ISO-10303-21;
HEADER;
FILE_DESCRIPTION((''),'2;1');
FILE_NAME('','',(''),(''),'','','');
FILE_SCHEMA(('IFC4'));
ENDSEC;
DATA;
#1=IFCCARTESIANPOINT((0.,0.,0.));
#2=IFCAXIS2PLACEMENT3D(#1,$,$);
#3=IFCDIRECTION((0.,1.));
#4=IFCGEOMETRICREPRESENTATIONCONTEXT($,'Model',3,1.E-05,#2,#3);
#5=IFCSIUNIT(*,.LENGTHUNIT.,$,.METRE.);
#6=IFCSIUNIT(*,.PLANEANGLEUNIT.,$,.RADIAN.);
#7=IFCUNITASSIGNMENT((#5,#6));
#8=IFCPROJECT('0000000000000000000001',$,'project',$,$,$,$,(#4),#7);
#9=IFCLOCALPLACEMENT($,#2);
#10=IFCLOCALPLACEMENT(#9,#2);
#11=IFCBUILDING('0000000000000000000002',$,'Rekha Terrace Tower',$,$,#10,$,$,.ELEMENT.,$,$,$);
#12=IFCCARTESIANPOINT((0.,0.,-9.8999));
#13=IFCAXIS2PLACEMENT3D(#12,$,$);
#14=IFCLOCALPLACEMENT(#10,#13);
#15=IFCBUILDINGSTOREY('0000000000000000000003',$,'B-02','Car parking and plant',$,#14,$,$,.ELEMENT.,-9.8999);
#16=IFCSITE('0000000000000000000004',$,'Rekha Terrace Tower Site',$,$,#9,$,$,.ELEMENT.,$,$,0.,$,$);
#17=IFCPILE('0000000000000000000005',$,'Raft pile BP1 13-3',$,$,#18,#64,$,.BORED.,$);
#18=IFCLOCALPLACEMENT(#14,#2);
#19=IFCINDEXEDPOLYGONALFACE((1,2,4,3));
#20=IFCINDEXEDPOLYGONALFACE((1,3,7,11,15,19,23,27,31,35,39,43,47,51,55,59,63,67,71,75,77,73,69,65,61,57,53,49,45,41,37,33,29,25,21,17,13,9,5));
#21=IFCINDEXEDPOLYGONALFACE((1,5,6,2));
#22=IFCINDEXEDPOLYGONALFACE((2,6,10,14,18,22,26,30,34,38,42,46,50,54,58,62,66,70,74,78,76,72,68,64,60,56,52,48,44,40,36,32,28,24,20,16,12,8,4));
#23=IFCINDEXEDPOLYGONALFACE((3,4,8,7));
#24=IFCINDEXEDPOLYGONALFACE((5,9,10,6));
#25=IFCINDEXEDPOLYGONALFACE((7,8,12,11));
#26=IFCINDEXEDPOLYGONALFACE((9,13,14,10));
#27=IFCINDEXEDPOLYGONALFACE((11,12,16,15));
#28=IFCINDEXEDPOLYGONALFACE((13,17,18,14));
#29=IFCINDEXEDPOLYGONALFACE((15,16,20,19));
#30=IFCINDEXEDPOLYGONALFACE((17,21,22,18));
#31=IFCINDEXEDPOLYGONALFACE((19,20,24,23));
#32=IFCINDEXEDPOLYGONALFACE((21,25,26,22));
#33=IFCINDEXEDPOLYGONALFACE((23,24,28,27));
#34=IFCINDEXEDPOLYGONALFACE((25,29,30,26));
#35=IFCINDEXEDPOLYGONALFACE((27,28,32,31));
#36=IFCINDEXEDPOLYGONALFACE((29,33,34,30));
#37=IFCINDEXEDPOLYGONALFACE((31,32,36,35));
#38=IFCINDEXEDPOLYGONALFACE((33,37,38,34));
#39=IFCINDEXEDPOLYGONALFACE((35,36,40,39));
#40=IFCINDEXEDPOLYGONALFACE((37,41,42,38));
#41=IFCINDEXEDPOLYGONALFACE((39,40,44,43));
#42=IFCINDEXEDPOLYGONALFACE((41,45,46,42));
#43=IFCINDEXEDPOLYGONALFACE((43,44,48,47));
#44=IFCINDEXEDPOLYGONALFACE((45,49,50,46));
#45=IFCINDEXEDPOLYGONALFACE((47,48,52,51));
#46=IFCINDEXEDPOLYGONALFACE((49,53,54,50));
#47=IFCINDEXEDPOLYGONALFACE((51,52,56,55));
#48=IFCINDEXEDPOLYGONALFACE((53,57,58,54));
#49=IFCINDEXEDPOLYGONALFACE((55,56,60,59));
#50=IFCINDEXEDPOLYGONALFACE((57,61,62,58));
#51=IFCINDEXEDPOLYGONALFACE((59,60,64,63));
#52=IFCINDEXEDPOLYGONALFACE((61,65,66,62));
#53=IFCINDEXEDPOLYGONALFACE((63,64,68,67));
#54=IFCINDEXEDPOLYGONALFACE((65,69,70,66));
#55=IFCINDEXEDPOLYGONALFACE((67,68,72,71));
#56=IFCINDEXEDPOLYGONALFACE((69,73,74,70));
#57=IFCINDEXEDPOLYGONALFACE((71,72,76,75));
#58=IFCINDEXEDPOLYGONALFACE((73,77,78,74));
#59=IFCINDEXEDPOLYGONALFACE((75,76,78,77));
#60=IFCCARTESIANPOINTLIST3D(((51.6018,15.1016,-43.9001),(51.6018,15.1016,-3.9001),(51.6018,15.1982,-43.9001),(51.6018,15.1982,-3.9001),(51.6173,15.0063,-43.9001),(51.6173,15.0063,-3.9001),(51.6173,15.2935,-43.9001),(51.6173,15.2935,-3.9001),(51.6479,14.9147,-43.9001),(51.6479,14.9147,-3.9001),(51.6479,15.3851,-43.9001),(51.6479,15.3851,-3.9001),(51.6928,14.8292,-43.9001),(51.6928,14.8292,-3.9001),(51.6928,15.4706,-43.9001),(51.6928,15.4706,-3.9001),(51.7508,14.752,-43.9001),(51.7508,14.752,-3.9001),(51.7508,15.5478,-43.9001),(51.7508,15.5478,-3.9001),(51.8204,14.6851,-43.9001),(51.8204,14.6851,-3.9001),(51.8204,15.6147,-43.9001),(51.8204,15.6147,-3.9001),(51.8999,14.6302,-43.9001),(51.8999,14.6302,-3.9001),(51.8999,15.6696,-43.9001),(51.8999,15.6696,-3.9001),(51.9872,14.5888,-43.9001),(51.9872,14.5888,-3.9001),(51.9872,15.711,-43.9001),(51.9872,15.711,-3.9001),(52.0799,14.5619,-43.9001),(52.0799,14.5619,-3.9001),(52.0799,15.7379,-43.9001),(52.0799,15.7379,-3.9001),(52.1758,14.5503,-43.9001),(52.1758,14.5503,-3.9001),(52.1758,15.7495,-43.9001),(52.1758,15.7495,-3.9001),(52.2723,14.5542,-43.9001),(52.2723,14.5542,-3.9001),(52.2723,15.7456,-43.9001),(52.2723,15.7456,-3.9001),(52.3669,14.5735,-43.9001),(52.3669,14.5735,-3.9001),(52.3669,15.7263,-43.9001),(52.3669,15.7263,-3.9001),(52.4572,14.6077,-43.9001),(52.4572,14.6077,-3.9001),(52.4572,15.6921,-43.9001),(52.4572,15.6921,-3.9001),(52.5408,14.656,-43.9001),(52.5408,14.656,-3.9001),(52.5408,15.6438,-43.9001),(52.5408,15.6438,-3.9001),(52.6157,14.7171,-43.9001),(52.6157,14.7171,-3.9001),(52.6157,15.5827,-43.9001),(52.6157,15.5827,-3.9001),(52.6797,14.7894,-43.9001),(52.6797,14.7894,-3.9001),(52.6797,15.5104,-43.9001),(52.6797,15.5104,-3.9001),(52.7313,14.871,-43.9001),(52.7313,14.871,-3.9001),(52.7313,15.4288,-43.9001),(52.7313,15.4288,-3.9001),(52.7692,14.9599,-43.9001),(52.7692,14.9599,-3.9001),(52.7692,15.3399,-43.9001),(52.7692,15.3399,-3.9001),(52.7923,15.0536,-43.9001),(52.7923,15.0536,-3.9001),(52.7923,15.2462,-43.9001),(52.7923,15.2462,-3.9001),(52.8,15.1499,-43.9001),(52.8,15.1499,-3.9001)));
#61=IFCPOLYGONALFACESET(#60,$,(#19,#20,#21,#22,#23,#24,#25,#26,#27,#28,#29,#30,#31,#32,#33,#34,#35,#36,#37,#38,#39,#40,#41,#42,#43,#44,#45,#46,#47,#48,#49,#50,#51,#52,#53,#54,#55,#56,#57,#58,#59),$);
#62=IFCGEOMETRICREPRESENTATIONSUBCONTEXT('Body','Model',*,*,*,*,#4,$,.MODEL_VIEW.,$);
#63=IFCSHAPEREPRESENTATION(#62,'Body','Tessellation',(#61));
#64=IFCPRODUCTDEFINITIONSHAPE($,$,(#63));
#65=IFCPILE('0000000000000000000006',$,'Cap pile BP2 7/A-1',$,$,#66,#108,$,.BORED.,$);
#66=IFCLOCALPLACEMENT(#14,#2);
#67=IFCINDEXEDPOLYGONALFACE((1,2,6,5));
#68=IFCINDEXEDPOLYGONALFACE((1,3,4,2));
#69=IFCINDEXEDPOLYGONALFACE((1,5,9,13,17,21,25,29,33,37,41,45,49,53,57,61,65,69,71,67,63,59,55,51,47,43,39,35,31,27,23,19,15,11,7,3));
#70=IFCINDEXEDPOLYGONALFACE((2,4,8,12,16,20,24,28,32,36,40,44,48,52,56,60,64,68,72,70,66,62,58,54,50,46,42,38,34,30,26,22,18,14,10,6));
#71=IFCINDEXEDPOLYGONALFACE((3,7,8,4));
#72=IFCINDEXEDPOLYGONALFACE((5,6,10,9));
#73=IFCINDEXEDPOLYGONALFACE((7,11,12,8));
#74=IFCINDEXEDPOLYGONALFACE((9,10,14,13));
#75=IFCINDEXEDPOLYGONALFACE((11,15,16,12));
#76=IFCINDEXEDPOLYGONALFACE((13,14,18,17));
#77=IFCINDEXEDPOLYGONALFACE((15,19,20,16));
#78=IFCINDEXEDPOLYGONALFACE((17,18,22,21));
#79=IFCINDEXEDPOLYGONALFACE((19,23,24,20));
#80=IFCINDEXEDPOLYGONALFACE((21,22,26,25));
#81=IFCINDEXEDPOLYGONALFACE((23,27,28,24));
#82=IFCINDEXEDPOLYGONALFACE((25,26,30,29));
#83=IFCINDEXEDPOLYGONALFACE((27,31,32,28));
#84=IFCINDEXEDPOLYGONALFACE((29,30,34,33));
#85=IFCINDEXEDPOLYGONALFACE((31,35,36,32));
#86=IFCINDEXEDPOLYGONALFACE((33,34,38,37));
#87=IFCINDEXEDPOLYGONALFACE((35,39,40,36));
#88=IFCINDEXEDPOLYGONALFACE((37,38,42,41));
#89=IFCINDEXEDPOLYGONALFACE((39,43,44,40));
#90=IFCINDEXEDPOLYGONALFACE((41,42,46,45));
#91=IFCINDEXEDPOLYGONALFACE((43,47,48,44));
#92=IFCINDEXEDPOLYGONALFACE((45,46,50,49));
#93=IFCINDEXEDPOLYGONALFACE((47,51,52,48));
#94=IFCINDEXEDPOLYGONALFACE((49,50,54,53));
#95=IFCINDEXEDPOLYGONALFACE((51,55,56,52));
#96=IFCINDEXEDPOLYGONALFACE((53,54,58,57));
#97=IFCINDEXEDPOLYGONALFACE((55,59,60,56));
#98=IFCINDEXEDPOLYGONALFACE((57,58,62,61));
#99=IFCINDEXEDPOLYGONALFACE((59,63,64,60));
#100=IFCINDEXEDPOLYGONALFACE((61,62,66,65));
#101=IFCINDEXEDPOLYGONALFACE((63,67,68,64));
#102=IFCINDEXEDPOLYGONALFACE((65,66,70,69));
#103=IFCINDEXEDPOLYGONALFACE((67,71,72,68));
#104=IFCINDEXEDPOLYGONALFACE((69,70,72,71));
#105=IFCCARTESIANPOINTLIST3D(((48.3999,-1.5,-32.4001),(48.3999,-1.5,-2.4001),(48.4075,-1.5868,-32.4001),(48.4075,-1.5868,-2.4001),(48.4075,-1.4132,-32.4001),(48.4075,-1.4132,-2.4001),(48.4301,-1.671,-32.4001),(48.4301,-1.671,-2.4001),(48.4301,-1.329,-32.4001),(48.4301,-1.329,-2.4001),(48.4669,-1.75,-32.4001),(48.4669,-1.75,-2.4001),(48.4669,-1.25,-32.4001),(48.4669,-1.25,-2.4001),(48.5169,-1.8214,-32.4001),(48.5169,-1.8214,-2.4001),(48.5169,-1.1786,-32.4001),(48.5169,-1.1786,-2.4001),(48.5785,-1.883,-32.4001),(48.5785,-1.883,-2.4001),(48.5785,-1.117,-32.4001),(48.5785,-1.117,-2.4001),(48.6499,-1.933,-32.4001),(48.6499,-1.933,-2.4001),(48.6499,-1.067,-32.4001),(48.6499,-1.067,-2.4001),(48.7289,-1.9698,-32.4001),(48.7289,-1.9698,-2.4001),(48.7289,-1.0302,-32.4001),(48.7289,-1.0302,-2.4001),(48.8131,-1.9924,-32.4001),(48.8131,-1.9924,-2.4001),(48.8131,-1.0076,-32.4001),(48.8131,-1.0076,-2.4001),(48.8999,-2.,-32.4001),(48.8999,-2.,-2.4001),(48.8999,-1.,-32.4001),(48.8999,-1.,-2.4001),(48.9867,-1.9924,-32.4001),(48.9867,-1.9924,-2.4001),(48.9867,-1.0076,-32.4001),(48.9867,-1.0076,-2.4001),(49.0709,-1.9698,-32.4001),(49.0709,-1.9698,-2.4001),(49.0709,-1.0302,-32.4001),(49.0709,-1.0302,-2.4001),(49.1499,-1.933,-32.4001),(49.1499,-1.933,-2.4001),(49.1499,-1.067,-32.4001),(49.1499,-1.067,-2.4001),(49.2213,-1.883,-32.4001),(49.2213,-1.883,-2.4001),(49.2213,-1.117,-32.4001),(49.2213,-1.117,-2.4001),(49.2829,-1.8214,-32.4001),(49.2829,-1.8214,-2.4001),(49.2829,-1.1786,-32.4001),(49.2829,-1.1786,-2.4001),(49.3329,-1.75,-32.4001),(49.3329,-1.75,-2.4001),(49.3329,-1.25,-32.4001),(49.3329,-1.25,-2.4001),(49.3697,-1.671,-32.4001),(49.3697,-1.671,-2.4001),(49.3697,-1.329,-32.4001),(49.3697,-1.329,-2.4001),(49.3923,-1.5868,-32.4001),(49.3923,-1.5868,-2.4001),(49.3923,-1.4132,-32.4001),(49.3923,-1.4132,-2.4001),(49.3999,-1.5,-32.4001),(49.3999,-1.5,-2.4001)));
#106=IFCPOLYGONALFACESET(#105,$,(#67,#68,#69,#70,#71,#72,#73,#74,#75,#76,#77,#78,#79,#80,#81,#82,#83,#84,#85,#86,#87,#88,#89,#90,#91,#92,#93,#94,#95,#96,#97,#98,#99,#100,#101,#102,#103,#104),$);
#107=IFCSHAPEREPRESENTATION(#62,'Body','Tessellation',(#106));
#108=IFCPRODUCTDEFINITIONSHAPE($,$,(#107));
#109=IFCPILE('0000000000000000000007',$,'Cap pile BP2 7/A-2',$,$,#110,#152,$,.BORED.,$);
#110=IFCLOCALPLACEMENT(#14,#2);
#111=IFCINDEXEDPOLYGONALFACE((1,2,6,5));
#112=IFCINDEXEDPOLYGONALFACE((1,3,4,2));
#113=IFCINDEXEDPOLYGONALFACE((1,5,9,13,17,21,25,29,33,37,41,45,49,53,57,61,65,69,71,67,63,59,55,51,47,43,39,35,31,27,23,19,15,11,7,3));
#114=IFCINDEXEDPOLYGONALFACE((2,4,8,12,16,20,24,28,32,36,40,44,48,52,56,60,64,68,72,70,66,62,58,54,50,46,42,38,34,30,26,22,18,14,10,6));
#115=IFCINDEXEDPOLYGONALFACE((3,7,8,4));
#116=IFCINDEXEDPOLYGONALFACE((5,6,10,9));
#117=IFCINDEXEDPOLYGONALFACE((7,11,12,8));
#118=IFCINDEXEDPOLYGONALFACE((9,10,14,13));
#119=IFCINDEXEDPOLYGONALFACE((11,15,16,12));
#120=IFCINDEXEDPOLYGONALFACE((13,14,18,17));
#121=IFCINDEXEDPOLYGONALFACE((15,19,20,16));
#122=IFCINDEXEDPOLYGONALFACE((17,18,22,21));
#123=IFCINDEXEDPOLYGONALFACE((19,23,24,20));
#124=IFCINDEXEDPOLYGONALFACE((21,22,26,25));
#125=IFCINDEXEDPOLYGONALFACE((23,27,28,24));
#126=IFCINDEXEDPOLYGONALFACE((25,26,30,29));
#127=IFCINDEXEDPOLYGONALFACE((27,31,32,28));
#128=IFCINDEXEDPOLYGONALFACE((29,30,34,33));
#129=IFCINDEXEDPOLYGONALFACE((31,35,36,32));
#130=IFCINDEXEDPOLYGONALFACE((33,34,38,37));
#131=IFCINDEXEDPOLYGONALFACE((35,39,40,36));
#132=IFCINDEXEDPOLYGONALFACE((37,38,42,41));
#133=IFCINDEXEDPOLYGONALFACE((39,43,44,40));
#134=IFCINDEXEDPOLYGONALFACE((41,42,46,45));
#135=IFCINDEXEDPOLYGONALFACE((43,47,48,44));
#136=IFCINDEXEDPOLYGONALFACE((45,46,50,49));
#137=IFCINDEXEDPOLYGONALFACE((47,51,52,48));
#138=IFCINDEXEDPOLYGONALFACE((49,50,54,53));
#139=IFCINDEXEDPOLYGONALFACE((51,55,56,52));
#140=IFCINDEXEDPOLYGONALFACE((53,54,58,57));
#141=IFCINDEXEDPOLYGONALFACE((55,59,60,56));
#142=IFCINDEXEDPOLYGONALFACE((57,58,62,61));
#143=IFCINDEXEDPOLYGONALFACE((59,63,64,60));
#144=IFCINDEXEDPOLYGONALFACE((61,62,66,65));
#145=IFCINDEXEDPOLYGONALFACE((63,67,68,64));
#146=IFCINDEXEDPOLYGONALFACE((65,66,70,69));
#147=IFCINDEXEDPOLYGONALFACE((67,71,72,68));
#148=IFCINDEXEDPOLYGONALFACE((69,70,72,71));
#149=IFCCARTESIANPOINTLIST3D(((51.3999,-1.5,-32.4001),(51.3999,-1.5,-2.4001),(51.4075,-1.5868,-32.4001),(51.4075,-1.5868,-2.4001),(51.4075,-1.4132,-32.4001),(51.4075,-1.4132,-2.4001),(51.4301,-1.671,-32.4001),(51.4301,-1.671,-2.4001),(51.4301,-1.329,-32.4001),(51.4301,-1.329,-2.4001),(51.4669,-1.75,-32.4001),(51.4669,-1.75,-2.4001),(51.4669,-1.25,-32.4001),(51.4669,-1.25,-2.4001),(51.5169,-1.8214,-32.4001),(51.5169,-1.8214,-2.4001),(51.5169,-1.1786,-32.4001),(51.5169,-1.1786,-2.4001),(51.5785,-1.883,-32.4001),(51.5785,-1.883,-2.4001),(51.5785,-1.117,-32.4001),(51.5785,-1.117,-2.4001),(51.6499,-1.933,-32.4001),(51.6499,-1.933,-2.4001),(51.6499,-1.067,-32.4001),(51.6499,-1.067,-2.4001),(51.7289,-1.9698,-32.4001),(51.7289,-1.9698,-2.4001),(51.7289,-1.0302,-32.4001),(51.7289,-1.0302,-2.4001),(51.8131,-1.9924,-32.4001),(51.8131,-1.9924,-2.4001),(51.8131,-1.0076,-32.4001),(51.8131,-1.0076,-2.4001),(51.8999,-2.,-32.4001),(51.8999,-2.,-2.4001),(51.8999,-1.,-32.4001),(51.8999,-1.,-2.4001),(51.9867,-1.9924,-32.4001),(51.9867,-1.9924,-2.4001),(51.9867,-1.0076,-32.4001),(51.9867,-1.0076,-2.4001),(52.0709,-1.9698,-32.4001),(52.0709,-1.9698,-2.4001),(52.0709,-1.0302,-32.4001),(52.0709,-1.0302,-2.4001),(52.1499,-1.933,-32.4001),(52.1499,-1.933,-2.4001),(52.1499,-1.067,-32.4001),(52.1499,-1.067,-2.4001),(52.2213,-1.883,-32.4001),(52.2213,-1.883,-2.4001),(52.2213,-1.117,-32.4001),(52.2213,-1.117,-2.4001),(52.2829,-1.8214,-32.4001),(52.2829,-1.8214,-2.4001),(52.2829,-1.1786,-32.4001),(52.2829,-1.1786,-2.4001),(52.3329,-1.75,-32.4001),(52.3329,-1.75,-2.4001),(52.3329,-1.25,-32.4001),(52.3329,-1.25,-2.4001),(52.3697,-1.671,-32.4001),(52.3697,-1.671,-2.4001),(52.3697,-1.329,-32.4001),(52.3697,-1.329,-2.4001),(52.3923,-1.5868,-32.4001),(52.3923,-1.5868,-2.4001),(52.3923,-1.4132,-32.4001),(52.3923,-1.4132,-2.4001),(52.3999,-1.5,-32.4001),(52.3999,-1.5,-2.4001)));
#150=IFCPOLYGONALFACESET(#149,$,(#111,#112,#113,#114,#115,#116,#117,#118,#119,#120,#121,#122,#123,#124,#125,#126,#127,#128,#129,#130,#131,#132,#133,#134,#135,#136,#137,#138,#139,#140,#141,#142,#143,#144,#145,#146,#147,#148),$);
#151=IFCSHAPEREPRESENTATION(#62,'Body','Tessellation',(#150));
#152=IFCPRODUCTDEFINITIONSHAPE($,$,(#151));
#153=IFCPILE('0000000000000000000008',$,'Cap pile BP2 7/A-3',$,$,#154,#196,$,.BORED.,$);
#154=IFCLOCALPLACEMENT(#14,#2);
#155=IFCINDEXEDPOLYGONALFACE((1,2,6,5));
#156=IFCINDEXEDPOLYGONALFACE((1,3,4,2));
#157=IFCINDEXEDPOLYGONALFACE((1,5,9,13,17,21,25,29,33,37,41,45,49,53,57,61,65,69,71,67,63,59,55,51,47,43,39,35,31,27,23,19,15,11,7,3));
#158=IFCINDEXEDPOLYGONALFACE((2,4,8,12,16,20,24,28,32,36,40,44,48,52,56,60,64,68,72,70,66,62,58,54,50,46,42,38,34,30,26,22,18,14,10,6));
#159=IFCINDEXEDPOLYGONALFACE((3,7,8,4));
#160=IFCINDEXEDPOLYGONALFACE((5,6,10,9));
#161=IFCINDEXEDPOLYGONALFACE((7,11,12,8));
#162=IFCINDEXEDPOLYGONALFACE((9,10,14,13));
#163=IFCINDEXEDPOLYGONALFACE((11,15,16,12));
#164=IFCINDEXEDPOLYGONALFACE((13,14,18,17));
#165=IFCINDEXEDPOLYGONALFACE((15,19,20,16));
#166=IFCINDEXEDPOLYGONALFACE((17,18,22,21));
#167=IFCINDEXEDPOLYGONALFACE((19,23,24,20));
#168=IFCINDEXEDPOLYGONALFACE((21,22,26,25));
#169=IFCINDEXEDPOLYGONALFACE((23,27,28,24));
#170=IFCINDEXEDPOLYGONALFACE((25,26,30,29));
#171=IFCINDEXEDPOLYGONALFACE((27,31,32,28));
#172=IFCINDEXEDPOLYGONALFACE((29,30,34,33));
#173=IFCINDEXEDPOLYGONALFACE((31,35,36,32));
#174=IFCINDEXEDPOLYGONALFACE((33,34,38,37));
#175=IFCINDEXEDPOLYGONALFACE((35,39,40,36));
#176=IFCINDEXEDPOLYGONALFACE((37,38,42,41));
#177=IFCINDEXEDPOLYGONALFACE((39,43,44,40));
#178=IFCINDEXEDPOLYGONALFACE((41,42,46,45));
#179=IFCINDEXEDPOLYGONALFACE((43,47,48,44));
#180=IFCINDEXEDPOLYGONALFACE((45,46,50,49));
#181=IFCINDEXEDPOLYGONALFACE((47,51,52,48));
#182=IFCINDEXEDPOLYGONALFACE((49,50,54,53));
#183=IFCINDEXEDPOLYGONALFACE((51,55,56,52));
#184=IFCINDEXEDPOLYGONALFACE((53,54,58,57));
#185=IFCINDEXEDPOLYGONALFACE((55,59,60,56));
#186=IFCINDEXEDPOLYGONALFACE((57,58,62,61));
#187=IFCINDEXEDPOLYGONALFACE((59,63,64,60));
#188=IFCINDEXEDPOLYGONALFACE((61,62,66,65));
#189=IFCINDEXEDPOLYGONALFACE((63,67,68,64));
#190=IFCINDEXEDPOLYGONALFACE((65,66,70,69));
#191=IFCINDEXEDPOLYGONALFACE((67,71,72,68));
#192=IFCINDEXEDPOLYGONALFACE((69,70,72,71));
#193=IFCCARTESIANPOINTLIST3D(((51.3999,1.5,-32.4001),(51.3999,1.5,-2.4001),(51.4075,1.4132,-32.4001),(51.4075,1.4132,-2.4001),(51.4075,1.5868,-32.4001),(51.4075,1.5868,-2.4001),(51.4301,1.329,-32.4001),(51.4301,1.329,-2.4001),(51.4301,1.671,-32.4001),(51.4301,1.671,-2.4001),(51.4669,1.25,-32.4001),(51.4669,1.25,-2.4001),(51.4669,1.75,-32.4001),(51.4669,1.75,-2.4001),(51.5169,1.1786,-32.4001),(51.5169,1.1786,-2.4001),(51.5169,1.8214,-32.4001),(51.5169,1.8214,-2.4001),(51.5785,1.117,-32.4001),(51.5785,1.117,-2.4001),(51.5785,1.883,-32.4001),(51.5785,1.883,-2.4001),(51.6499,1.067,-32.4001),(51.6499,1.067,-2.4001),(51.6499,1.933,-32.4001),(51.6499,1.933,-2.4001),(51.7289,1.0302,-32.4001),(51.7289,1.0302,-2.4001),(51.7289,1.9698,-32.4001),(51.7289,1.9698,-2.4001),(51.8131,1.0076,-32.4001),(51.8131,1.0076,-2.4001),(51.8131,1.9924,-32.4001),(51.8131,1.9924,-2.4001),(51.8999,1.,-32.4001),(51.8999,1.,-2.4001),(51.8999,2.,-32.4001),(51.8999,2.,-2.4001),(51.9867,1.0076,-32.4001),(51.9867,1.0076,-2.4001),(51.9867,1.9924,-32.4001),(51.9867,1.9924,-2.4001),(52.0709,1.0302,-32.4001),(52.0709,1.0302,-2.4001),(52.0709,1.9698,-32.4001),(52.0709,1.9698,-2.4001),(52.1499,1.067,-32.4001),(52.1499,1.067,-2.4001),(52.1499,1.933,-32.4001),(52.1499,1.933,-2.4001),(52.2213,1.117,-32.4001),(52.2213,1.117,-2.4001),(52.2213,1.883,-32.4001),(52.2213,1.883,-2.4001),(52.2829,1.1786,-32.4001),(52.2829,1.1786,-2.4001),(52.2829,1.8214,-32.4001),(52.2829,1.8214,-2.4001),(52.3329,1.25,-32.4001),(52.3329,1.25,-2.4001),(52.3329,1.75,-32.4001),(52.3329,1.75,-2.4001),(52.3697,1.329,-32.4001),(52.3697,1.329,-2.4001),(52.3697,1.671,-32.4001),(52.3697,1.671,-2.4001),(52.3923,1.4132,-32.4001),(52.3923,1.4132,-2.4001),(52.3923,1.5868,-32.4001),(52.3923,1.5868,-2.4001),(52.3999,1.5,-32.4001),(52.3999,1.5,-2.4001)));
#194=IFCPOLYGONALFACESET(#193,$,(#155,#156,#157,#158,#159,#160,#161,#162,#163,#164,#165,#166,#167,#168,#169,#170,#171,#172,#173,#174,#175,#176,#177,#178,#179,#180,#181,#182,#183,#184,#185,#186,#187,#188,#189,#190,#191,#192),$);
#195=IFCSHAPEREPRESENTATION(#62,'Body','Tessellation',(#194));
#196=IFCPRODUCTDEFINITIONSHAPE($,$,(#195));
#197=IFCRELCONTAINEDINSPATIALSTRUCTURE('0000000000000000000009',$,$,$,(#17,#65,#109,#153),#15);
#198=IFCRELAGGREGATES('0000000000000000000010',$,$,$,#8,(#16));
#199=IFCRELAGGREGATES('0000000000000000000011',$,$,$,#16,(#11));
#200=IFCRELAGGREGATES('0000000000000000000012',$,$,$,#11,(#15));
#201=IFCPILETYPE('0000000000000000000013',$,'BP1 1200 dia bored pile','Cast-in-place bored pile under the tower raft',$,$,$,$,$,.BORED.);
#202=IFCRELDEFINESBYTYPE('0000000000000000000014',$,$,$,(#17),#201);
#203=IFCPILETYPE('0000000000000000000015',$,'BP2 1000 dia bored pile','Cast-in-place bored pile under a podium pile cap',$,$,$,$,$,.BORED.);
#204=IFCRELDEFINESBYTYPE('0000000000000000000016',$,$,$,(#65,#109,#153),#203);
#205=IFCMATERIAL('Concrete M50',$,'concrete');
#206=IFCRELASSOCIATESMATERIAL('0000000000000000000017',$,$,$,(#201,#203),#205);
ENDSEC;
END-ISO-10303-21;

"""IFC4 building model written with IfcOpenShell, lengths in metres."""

from ifc_helpers import new_model, si_unit, direction, frame, origin, origin_2d, place, context, subcontext, project, spatial, circle, extrude, material, type_object, element, save


model = new_model("IFC4")

# Units and contexts
model_context = context("Model", 3, precision=1e-05, world=origin(), true_north=direction((0.0, 1.0)))
body_context = subcontext(model_context, "Body", "Model", "MODEL_VIEW")
ifc_project = project(units=[si_unit("LENGTHUNIT", "METRE"), si_unit("PLANEANGLEUNIT", "RADIAN")], contexts=[model_context])

# Site, building, storey
site_placement = place(None, origin())
site = spatial("IfcSite", under=ifc_project, at=site_placement, Name="Rekha Terrace Tower Site", CompositionType="ELEMENT", RefElevation=0.0)
building_placement = place(site_placement, origin())
building = spatial("IfcBuilding", under=site, at=building_placement, Name="Rekha Terrace Tower", CompositionType="ELEMENT")
storey_placement = place(building_placement, frame((0.0, 0.0, -9.8999)))
storey = spatial("IfcBuildingStorey", under=building, at=storey_placement, Name="B-02", Description="Car parking and plant", CompositionType="ELEMENT", Elevation=-9.8999)

# Piles
ifc_material_1 = material(Name="Concrete M50", Category="concrete")
pile_type_1 = type_object("IfcPileType", Name="BP1 1200 dia bored pile", Description="Cast-in-place bored pile under the tower raft", PredefinedType="BORED", material=ifc_material_1)
for number, where, z_axis, x_axis, name in (
    (1, (52.2, 15.1499, -3.9001), (0.0, 0.0, -1.0), (1.0, 0.0, 0.0), "Raft pile BP1 13-3"),
):
    element("IfcPile", number, at=place(storey_placement, frame(where, z_axis=z_axis, x_axis=x_axis)), inside=storey, type_object=pile_type_1, Name=name, PredefinedType="BORED", context=body_context, shape_type="SweptSolid", body=[
        extrude(circle(Radius=0.6001, at=origin_2d()), origin(), (0.0, 0.0, 1.0), 40.0),
    ])
pile_type_2 = type_object("IfcPileType", Name="BP2 1000 dia bored pile", Description="Cast-in-place bored pile under a podium pile cap", PredefinedType="BORED", material=ifc_material_1)
for number, where, z_axis, x_axis, name in (
    (2, (48.8999, -1.5, -2.4001), (0.0, 0.0, -1.0), (1.0, 0.0, 0.0), "Cap pile BP2 7/A-1"),
    (3, (51.8999, -1.5, -2.4001), (0.0, 0.0, -1.0), (1.0, 0.0, 0.0), "Cap pile BP2 7/A-2"),
    (4, (51.8999, 1.5, -2.4001), (0.0, 0.0, -1.0), (1.0, 0.0, 0.0), "Cap pile BP2 7/A-3"),
):
    element("IfcPile", number, at=place(storey_placement, frame(where, z_axis=z_axis, x_axis=x_axis)), inside=storey, type_object=pile_type_2, Name=name, PredefinedType="BORED", context=body_context, shape_type="SweptSolid", body=[
        extrude(circle(Radius=0.5, at=origin_2d()), origin(), (0.0, 0.0, 1.0), 30.0),
    ])

save(model, "model.ifc")
